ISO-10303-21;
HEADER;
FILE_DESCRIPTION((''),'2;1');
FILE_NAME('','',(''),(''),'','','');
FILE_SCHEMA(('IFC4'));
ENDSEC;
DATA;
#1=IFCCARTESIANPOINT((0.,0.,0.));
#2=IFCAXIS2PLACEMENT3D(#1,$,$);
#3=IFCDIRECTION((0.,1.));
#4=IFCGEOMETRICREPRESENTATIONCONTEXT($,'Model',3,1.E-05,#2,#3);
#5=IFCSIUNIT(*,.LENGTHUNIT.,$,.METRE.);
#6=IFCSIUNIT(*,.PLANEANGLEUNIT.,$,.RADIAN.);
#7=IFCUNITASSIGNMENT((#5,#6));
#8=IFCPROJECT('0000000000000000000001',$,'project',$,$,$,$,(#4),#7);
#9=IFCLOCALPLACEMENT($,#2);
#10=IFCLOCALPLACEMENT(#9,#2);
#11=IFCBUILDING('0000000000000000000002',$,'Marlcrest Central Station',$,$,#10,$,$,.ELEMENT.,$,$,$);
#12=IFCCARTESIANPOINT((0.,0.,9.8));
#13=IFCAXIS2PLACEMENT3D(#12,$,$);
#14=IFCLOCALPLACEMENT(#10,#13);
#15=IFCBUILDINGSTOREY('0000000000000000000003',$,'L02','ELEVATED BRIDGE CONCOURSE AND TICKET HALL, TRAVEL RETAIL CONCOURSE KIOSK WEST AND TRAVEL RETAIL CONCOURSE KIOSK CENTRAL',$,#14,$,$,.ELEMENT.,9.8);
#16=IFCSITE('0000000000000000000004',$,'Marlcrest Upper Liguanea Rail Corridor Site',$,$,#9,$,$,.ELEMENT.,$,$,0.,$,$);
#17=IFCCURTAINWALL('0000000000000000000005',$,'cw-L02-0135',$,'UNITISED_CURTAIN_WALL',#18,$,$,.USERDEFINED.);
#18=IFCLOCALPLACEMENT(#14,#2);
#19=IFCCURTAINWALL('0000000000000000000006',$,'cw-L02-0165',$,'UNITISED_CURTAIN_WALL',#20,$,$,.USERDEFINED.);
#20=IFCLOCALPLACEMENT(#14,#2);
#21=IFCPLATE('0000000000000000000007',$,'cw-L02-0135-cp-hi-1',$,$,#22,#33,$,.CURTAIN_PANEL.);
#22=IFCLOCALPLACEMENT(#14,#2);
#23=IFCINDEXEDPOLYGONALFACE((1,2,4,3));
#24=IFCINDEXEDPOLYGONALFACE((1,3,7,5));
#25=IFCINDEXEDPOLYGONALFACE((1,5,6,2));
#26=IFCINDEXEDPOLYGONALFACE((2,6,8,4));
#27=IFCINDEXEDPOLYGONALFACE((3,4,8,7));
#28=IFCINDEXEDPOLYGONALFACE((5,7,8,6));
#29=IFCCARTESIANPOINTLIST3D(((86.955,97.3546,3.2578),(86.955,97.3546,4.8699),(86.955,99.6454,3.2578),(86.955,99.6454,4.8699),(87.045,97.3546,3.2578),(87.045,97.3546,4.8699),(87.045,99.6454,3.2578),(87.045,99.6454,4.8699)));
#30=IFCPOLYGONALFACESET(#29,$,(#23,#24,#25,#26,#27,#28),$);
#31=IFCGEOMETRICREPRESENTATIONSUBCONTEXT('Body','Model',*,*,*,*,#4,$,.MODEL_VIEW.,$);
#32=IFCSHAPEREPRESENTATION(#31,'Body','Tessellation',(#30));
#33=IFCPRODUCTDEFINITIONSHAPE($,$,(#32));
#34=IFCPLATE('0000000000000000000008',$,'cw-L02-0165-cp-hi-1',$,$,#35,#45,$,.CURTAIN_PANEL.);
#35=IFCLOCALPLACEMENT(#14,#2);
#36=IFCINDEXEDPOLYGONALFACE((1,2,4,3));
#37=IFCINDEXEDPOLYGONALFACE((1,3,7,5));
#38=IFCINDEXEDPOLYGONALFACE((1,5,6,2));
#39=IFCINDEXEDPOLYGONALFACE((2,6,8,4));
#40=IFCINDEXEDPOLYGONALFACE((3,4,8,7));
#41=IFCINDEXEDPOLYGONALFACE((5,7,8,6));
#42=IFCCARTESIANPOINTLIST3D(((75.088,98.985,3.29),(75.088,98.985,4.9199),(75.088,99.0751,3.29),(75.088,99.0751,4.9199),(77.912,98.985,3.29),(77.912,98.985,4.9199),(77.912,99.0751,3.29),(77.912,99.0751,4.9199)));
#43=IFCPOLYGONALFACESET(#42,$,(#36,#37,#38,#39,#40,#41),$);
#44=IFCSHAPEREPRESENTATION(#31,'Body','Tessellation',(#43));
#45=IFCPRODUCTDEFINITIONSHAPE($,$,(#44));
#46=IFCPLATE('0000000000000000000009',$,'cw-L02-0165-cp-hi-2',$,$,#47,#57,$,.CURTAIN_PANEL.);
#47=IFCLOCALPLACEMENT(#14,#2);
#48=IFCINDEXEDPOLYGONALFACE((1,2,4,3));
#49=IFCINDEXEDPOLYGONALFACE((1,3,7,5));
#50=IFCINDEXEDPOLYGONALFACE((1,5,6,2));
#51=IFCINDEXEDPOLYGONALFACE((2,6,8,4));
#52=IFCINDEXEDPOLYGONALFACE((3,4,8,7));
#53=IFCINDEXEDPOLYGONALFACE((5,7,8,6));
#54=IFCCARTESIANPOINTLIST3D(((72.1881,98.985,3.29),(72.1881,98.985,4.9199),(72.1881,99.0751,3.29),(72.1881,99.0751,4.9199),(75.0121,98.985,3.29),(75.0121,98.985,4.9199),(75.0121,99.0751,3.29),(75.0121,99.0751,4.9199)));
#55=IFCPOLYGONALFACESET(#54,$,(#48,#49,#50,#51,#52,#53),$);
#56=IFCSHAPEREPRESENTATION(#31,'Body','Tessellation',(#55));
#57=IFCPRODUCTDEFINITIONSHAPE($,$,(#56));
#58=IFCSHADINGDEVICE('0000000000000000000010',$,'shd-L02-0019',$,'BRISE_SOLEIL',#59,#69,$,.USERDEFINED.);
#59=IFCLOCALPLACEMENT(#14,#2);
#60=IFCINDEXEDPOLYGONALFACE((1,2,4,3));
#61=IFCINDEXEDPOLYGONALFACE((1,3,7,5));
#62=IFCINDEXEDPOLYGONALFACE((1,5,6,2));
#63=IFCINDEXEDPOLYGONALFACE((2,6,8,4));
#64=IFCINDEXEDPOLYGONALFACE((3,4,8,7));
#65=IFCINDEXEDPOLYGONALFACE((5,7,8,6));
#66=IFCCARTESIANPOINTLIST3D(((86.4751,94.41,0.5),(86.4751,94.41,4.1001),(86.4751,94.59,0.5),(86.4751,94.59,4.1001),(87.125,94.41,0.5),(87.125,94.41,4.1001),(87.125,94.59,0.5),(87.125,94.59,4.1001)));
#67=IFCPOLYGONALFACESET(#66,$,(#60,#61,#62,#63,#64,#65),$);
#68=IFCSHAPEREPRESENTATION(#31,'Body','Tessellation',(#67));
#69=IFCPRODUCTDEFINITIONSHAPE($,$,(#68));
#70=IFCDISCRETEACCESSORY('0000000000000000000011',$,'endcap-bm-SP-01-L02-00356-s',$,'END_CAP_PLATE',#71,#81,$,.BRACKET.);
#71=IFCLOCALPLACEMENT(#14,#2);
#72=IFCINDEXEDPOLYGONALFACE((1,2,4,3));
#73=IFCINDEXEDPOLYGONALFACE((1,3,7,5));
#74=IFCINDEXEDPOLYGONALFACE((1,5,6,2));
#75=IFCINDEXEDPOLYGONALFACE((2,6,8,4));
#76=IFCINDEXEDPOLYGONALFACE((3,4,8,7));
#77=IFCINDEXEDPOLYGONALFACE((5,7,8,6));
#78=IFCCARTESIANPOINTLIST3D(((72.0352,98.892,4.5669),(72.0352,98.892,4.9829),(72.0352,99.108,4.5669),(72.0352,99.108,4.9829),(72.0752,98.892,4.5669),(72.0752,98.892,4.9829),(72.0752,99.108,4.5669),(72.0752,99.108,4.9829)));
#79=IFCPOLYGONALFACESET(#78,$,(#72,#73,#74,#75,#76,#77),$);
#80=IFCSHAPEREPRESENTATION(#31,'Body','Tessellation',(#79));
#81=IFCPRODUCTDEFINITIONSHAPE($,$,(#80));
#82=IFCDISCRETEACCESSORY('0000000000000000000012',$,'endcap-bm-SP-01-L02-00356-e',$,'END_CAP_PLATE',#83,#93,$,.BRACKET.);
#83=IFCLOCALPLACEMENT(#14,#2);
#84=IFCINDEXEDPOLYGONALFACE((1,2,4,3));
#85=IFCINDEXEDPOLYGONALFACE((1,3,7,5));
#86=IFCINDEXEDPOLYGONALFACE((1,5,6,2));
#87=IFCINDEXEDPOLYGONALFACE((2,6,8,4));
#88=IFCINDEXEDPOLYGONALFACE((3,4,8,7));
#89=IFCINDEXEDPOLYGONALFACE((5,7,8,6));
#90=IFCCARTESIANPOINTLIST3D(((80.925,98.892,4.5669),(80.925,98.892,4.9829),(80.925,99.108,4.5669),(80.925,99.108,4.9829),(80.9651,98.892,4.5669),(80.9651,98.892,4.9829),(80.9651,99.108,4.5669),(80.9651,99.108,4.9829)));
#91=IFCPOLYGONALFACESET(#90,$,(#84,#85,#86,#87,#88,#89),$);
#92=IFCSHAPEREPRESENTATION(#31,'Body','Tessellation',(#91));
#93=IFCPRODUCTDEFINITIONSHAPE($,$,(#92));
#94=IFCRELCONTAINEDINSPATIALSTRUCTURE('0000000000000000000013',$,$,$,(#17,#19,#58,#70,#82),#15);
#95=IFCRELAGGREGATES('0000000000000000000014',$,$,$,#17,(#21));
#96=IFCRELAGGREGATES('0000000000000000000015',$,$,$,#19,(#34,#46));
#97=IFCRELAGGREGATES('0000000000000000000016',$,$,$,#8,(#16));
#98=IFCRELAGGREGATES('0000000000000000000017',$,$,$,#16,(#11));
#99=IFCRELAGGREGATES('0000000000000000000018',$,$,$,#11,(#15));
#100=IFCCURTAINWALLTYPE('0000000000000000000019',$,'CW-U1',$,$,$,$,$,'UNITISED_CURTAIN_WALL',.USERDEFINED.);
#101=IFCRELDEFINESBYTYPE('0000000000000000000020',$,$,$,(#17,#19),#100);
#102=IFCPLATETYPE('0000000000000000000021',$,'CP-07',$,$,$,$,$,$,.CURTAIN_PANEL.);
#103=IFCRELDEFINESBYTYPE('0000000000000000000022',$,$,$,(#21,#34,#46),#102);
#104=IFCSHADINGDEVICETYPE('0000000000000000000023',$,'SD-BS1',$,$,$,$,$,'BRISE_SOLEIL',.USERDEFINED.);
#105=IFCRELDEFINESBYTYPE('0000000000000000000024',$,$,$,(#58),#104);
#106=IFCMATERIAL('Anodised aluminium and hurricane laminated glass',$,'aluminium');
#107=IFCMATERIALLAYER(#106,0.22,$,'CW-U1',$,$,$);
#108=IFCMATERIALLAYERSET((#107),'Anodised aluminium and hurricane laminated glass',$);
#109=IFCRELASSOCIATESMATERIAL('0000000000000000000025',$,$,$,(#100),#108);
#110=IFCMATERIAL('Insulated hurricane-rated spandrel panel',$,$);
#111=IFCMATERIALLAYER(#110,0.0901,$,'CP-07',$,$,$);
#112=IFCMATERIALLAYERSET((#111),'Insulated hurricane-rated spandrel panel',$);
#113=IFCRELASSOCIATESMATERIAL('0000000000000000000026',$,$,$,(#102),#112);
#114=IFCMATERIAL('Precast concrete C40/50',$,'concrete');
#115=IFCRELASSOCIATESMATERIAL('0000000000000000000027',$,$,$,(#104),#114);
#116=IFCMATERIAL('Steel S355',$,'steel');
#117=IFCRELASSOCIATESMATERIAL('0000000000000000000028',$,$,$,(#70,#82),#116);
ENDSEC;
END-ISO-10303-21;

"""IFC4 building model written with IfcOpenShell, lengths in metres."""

from ifc_helpers import new_model, si_unit, direction, frame, origin, origin_2d, place, context, subcontext, project, spatial, rectangle, extrude, material, layer, layer_set, type_object, element, aggregate, save


model = new_model("IFC4")

# Units and contexts
model_context = context("Model", 3, precision=1e-05, world=origin(), true_north=direction((0.0, 1.0)))
body_context = subcontext(model_context, "Body", "Model", "MODEL_VIEW")
ifc_project = project(units=[si_unit("LENGTHUNIT", "METRE"), si_unit("PLANEANGLEUNIT", "RADIAN")], contexts=[model_context])

# Site, building, storey
site_placement = place(None, origin())
site = spatial("IfcSite", under=ifc_project, at=site_placement, Name="Marlcrest Upper Liguanea Rail Corridor Site", CompositionType="ELEMENT", RefElevation=0.0)
building_placement = place(site_placement, origin())
building = spatial("IfcBuilding", under=site, at=building_placement, Name="Marlcrest Central Station", CompositionType="ELEMENT")
storey_placement = place(building_placement, frame((0.0, 0.0, 9.8)))
storey = spatial("IfcBuildingStorey", under=building, at=storey_placement, Name="L02", Description="ELEVATED BRIDGE CONCOURSE AND TICKET HALL, TRAVEL RETAIL CONCOURSE KIOSK WEST AND TRAVEL RETAIL CONCOURSE KIOSK CENTRAL", CompositionType="ELEMENT", Elevation=9.8)

# Shared definitions
ifc_material_1 = material(Name="Steel S355", Category="steel")

# Shared definitions
ifc_material_2 = material(Name="Anodised aluminium and hurricane laminated glass", Category="aluminium")
ifc_layer_1 = layer(ifc_material_2, 0.22, Name="CW-U1")
ifc_layer_set_1 = layer_set([ifc_layer_1], Name="Anodised aluminium and hurricane laminated glass")
curtain_wall_type = type_object("IfcCurtainWallType", Name="CW-U1", ElementType="UNITISED_CURTAIN_WALL", PredefinedType="USERDEFINED", material=ifc_layer_set_1)

# Curtain walls
curtain_wall_1_placement = place(storey_placement, origin())
curtain_wall_1 = element("IfcCurtainWall", 1, at=curtain_wall_1_placement, inside=storey, type_object=curtain_wall_type, Name="cw-L02-0135", ObjectType="UNITISED_CURTAIN_WALL", PredefinedType="USERDEFINED")
curtain_wall_2_placement = place(storey_placement, origin())
curtain_wall_2 = element("IfcCurtainWall", 2, at=curtain_wall_2_placement, inside=storey, type_object=curtain_wall_type, Name="cw-L02-0165", ObjectType="UNITISED_CURTAIN_WALL", PredefinedType="USERDEFINED")

# Plates
ifc_material_3 = material(Name="Insulated hurricane-rated spandrel panel")
ifc_layer_2 = layer(ifc_material_3, 0.0901, Name="CP-07")
ifc_layer_set_2 = layer_set([ifc_layer_2], Name="Insulated hurricane-rated spandrel panel")
plate_type_1 = type_object("IfcPlateType", Name="CP-07", PredefinedType="CURTAIN_PANEL", material=ifc_layer_set_2)
plate_1_placement = place(storey_placement, frame((87.0, 98.5, 3.2578), z_axis=(0.0, 0.0, 1.0), x_axis=(0.0, 1.0, 0.0)))
plate_1 = element("IfcPlate", 3, at=plate_1_placement, type_object=plate_type_1, Name="cw-L02-0135-cp-hi-1", PredefinedType="CURTAIN_PANEL", context=body_context, shape_type="SweptSolid", body=[
    extrude(rectangle(XDim=2.2908, YDim=0.0901, at=origin_2d()), origin(), (0.0, 0.0, 1.0), 1.6121),
])
aggregate(curtain_wall_1, [plate_1])
plate_2_placement = place(storey_placement, frame((76.5, 99.03, 3.29), z_axis=(0.0, 0.0, 1.0), x_axis=(-1.0, 0.0, 0.0)))
plate_2 = element("IfcPlate", 4, at=plate_2_placement, type_object=plate_type_1, Name="cw-L02-0165-cp-hi-1", PredefinedType="CURTAIN_PANEL", context=body_context, shape_type="SweptSolid", body=[
    extrude(rectangle(XDim=2.824, YDim=0.0901, at=origin_2d()), origin(), (0.0, 0.0, 1.0), 1.6299),
])
plate_3_placement = place(storey_placement, frame((73.6001, 99.03, 3.29), z_axis=(0.0, 0.0, 1.0), x_axis=(-1.0, 0.0, 0.0)))
plate_3 = element("IfcPlate", 5, at=plate_3_placement, type_object=plate_type_1, Name="cw-L02-0165-cp-hi-2", PredefinedType="CURTAIN_PANEL", context=body_context, shape_type="SweptSolid", body=[
    extrude(rectangle(XDim=2.824, YDim=0.0901, at=origin_2d()), origin(), (0.0, 0.0, 1.0), 1.6299),
])
aggregate(curtain_wall_2, [plate_2, plate_3])

# Shading device
ifc_material_4 = material(Name="Precast concrete C40/50", Category="concrete")
shading_device_type = type_object("IfcShadingDeviceType", Name="SD-BS1", ElementType="BRISE_SOLEIL", PredefinedType="USERDEFINED", material=ifc_material_4)
shading_device_placement = place(storey_placement, frame((86.8, 94.5, 0.5), z_axis=(0.0, 0.0, 1.0), x_axis=(0.0, 1.0, 0.0)))
element("IfcShadingDevice", 6, at=shading_device_placement, inside=storey, type_object=shading_device_type, Name="shd-L02-0019", ObjectType="BRISE_SOLEIL", PredefinedType="USERDEFINED", context=body_context, shape_type="SweptSolid", body=[
    extrude(rectangle(XDim=0.1799, YDim=0.6499, at=origin_2d()), origin(), (0.0, 0.0, 1.0), 3.6001),
])

# Discrete accessories
for number, where, z_axis, x_axis, name in (
    (7, (72.0352, 99.0, 4.7749), (1.0, 0.0, 0.0), (0.0, 1.0, 0.0), "endcap-bm-SP-01-L02-00356-s"),
    (8, (80.925, 99.0, 4.7749), (1.0, 0.0, 0.0), (0.0, 1.0, 0.0), "endcap-bm-SP-01-L02-00356-e"),
):
    element("IfcDiscreteAccessory", number, at=place(storey_placement, frame(where, z_axis=z_axis, x_axis=x_axis)), inside=storey, material=ifc_material_1, Name=name, ObjectType="END_CAP_PLATE", PredefinedType="BRACKET", context=body_context, shape_type="SweptSolid", body=[
        extrude(rectangle(XDim=0.2161, YDim=0.416, at=origin_2d()), origin(), (0.0, 0.0, 1.0), 0.04),
    ])

save(model, "model.ifc")
